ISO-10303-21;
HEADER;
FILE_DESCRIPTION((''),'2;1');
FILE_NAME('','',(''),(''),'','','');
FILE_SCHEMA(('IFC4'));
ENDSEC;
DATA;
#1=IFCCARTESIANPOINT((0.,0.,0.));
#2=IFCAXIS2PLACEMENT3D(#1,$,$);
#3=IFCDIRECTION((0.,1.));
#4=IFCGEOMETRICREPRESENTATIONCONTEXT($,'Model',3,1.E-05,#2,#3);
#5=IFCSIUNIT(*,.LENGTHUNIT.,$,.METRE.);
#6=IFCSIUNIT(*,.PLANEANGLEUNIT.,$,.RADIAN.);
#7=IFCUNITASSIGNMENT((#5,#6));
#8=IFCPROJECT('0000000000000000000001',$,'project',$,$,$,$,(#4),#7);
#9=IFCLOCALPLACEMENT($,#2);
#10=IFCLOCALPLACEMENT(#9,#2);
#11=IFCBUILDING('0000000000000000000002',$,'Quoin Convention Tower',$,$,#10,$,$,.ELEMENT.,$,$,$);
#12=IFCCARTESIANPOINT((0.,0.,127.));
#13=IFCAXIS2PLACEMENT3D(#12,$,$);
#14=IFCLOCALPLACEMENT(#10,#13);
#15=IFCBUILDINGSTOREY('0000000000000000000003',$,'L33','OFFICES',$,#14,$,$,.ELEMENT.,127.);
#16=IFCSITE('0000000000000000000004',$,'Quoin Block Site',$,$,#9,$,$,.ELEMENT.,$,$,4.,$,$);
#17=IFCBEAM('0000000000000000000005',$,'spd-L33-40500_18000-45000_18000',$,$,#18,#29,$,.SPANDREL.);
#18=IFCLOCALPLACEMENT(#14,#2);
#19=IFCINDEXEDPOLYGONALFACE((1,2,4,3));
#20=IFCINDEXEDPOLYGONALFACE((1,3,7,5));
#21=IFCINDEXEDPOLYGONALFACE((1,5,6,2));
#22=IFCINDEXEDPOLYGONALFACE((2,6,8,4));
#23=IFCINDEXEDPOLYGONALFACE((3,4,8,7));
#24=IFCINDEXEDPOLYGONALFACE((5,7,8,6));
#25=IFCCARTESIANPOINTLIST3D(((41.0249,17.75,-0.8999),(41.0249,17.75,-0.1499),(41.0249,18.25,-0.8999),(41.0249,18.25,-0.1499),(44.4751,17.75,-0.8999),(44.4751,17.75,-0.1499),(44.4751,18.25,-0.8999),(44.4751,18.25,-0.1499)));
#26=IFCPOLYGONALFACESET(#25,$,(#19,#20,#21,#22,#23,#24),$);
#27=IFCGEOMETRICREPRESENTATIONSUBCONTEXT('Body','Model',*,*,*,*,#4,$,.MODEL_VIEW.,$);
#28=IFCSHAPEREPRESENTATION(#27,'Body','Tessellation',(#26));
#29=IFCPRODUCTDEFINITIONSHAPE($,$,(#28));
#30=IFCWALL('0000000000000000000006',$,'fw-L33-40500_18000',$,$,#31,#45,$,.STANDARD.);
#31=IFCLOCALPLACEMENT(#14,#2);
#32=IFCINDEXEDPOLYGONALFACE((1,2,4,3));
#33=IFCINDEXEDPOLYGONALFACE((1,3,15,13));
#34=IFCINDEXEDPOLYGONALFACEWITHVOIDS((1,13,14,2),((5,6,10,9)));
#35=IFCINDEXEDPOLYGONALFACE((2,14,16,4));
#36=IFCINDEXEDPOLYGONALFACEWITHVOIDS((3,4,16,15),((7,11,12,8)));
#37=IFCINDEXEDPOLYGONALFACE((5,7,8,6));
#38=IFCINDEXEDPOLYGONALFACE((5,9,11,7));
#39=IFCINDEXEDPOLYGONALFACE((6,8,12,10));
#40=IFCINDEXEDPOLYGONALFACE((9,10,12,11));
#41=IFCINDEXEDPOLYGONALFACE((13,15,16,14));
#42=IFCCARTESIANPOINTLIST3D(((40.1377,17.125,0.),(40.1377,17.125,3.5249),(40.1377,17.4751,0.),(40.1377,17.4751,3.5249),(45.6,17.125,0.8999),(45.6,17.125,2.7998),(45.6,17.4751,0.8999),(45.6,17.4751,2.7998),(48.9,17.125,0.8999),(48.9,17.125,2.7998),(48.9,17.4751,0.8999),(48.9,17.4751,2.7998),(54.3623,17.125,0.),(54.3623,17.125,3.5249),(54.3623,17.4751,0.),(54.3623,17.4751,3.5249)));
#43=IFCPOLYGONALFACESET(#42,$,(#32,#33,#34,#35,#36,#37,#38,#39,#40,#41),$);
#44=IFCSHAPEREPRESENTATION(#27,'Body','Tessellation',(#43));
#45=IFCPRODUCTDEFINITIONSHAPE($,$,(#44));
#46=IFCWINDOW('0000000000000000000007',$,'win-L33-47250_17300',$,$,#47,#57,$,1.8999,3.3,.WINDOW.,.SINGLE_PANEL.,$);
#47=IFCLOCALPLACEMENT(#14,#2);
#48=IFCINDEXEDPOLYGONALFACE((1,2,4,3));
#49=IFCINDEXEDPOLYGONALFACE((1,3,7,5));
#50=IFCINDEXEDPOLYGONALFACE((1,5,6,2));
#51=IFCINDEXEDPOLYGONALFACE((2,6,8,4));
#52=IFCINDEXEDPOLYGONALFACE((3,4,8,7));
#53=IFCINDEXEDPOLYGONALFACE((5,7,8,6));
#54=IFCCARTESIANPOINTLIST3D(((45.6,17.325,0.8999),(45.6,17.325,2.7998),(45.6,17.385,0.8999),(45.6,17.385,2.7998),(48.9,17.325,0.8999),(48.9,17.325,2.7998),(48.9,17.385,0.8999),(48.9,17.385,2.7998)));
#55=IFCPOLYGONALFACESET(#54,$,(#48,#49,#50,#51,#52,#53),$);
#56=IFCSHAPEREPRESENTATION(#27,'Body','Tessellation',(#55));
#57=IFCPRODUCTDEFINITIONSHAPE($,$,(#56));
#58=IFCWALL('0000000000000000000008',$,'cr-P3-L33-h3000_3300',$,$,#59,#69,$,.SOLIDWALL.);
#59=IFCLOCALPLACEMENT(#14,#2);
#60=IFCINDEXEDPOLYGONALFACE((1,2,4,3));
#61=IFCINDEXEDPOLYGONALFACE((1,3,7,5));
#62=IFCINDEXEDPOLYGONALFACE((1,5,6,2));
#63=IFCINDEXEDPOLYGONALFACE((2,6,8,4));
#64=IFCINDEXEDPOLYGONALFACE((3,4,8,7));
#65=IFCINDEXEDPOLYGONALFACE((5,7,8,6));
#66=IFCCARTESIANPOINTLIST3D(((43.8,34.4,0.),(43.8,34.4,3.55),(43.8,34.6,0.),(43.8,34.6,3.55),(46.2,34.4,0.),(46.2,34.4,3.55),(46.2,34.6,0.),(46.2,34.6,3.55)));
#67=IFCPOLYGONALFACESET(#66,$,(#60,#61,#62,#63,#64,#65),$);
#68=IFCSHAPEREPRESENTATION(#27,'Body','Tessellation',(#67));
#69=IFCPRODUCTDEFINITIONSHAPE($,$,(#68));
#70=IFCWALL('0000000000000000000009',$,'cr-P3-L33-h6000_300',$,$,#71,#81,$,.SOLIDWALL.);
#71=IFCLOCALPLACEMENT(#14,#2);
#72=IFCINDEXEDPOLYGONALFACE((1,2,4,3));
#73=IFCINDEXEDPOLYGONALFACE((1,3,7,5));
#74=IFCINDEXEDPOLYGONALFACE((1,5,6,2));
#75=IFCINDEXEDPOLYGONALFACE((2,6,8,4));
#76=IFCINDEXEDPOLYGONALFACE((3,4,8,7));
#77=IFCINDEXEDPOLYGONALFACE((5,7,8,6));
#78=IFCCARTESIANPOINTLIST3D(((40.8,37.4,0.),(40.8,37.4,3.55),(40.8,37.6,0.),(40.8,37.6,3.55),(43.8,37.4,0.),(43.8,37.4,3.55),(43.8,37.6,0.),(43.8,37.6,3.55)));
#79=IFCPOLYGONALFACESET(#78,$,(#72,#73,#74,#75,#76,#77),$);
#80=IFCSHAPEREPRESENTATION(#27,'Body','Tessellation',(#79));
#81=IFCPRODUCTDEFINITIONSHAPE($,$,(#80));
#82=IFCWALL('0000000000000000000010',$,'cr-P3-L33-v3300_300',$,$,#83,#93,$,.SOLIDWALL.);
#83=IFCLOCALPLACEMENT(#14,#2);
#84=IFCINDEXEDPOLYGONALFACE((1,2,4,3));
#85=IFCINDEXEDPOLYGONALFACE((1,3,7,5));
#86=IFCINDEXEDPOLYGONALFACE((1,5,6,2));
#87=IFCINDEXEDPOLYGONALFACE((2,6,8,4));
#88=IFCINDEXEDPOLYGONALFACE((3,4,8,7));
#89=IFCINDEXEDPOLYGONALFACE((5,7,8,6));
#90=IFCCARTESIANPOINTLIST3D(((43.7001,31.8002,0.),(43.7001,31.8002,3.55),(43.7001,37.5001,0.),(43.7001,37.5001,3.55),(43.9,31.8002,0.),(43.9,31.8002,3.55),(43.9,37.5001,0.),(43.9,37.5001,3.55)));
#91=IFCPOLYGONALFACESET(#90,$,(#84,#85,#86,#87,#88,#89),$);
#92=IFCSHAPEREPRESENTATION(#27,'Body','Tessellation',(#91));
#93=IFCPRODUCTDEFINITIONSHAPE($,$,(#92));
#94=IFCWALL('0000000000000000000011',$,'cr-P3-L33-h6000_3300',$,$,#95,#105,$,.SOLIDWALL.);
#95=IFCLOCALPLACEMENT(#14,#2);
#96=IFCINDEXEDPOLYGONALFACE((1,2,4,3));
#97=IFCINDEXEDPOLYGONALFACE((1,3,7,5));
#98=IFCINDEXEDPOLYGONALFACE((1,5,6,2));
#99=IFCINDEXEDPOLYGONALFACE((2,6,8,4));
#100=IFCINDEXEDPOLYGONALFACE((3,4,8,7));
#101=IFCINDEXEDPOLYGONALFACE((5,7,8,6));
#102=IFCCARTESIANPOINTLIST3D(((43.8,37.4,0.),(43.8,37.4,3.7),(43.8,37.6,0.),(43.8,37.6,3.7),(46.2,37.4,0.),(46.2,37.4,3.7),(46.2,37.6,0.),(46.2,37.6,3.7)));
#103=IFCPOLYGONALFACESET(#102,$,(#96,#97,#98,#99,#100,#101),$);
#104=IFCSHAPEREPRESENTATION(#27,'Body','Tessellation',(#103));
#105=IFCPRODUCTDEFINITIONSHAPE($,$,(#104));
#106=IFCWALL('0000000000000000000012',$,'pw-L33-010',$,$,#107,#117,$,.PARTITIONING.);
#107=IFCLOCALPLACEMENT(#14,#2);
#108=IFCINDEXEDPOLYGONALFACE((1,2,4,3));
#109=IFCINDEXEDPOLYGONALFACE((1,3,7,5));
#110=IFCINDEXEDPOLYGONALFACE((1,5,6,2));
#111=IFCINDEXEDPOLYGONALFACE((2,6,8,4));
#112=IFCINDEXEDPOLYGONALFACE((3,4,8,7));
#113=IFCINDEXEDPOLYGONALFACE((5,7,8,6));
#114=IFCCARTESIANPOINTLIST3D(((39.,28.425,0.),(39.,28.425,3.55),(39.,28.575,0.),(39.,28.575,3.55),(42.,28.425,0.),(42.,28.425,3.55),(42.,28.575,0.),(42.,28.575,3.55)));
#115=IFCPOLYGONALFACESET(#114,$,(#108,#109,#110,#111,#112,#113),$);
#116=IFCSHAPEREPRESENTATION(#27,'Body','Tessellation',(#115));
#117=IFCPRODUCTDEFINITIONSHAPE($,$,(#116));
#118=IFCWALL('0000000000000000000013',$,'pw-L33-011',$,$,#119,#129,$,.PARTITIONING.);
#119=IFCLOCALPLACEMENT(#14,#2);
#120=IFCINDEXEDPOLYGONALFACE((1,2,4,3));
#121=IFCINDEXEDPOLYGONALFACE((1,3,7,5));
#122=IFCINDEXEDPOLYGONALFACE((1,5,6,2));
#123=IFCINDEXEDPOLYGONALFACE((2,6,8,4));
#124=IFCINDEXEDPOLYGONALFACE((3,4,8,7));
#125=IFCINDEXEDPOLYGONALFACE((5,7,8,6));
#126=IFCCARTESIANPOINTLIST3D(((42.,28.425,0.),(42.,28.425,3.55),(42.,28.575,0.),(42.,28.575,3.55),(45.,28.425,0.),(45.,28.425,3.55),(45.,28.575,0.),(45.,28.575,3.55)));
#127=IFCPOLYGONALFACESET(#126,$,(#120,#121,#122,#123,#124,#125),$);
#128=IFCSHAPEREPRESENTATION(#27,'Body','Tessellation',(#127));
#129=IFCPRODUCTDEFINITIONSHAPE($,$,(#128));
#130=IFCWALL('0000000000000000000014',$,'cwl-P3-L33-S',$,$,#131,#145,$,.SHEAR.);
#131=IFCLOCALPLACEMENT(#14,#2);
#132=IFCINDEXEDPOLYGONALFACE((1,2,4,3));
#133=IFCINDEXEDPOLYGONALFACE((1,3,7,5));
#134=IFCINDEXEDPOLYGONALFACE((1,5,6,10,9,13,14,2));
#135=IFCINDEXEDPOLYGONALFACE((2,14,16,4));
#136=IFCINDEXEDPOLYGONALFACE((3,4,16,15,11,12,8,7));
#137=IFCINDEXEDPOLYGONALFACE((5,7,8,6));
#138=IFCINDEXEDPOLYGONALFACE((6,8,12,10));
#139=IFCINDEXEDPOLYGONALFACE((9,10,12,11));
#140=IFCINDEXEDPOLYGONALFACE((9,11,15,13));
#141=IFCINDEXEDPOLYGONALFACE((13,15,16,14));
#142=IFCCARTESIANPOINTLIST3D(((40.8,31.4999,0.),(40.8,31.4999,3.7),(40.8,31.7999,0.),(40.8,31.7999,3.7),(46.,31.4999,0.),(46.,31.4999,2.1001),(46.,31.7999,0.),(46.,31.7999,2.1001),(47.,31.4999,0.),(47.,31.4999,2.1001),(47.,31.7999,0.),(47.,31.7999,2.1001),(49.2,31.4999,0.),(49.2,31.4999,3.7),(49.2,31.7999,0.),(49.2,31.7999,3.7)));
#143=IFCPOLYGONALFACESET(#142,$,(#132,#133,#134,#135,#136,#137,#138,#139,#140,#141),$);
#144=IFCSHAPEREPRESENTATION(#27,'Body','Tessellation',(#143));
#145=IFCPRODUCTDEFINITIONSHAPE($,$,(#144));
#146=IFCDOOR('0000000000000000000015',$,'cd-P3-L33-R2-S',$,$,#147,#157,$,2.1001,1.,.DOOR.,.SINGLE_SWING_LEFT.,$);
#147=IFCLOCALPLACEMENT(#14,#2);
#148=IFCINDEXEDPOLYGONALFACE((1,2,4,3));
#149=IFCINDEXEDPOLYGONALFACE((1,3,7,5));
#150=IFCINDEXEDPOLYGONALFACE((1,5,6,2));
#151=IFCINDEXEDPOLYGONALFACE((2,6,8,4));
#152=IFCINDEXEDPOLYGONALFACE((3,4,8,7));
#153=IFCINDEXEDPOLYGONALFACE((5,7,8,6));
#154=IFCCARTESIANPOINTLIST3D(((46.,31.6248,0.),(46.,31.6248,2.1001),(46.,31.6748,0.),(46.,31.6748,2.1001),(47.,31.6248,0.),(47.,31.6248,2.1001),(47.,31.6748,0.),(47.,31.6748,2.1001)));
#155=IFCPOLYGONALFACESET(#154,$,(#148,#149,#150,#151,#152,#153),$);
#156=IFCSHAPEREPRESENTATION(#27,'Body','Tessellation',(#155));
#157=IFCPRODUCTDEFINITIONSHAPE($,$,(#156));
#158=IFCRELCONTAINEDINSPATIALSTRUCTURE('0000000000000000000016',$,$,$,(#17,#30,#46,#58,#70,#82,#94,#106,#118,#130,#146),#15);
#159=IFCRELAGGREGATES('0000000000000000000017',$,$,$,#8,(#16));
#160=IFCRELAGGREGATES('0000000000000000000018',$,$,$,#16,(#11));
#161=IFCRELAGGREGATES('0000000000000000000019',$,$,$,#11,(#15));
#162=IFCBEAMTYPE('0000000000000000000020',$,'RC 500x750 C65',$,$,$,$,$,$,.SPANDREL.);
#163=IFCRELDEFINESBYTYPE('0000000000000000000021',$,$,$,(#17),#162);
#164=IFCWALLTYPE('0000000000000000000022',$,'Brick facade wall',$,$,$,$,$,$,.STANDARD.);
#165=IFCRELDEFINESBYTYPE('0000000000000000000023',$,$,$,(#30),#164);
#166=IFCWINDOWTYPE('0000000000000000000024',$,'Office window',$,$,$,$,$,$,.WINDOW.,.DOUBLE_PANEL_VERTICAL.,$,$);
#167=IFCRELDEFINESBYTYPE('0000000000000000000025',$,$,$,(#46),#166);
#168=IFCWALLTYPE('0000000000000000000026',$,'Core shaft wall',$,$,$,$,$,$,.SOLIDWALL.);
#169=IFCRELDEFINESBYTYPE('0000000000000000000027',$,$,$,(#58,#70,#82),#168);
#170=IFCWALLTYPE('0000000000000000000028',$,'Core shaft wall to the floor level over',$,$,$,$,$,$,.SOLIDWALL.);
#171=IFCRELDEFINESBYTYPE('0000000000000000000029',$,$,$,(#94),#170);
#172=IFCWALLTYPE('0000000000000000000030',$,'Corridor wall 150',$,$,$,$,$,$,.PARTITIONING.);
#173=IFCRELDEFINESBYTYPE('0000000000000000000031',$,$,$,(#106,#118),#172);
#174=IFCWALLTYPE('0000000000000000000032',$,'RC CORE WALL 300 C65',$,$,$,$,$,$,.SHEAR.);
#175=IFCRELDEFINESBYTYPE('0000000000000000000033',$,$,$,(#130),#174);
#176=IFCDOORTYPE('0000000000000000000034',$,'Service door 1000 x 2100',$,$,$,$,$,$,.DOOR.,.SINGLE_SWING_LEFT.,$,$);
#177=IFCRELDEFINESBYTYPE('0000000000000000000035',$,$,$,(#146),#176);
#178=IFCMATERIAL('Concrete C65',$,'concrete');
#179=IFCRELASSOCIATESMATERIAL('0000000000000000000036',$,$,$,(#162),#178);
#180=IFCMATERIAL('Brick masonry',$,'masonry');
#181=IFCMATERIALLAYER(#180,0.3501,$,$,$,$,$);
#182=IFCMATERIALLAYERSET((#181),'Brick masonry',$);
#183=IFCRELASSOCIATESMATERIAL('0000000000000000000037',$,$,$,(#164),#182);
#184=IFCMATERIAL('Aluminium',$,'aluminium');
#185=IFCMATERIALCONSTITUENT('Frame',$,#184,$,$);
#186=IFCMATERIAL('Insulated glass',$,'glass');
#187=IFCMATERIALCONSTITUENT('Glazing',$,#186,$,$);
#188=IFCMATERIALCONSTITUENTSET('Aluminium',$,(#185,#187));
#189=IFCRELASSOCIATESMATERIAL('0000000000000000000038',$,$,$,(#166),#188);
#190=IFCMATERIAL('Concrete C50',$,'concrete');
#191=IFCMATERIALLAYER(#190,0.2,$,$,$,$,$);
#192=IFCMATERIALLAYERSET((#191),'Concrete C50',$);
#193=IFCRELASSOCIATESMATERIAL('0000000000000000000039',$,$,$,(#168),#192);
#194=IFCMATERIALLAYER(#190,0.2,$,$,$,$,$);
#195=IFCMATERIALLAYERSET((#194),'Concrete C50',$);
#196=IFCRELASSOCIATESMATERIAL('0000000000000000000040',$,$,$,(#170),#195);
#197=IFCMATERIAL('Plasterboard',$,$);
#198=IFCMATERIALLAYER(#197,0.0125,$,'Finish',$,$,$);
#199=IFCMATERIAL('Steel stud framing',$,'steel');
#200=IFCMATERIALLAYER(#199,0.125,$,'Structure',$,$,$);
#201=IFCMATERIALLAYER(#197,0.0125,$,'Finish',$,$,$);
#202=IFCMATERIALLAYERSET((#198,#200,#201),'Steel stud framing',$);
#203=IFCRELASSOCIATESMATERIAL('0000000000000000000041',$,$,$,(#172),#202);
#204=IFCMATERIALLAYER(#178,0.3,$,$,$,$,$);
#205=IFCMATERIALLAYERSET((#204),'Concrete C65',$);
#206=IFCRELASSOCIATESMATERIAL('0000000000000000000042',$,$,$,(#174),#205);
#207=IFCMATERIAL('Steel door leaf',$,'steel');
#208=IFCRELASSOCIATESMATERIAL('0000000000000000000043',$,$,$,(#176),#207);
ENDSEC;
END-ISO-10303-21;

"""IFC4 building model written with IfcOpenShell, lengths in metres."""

from ifc_helpers import new_model, si_unit, direction, frame, frame_2d, origin, origin_2d, place, context, subcontext, project, spatial, rectangle, extrude, material, layer, layer_set, constituent, constituent_set, material_profile, profile_set, type_object, element, fill, save


model = new_model("IFC4")

# Units and contexts
model_context = context("Model", 3, precision=1e-05, world=origin(), true_north=direction((0.0, 1.0)))
body_context = subcontext(model_context, "Body", "Model", "MODEL_VIEW")
ifc_project = project(units=[si_unit("LENGTHUNIT", "METRE"), si_unit("PLANEANGLEUNIT", "RADIAN")], contexts=[model_context])

# Site, building, storey
site_placement = place(None, origin())
site = spatial("IfcSite", under=ifc_project, at=site_placement, Name="Quoin Block Site", CompositionType="ELEMENT", RefElevation=4.0)
building_placement = place(site_placement, origin())
building = spatial("IfcBuilding", under=site, at=building_placement, Name="Quoin Convention Tower", CompositionType="ELEMENT")
storey_placement = place(building_placement, frame((0.0, 0.0, 127.0)))
storey = spatial("IfcBuildingStorey", under=building, at=storey_placement, Name="L33", Description="OFFICES", CompositionType="ELEMENT", Elevation=127.0)

# Shared definitions
ifc_material_1 = material(Name="Concrete C65", Category="concrete")

# Beam
ifc_material_profile_1 = material_profile(ifc_material_1, rectangle(XDim=0.5, YDim=0.75, at=origin_2d()), Name="RC 500x750")
ifc_profile_set_1 = profile_set([ifc_material_profile_1], Name="Concrete C65")
beam_type_1 = type_object("IfcBeamType", Name="RC 500x750 C65", PredefinedType="SPANDREL", material=ifc_profile_set_1)
beam_1_placement = place(storey_placement, frame((41.0249, 18.0, -0.5249), z_axis=(1.0, 0.0, 0.0), x_axis=(0.0, 1.0, 0.0)))
element("IfcBeam", 1, at=beam_1_placement, inside=storey, type_object=beam_type_1, Name="spd-L33-40500_18000-45000_18000", PredefinedType="SPANDREL", context=body_context, shape_type="SweptSolid", body=[
    extrude(rectangle(XDim=0.5, YDim=0.75, at=origin_2d()), origin(), (0.0, 0.0, 1.0), 3.4502),
])

# Wall, opening, window
ifc_material_2 = material(Name="Brick masonry", Category="masonry")
ifc_layer_1 = layer(ifc_material_2, 0.3501)
ifc_layer_set_1 = layer_set([ifc_layer_1], Name="Brick masonry")
wall_type_1 = type_object("IfcWallType", Name="Brick facade wall", PredefinedType="STANDARD", material=ifc_layer_set_1)
wall_1_placement = place(storey_placement, frame((40.1377, 17.3, 0.0), z_axis=(0.0, 0.0, 1.0), x_axis=(1.0, 0.0, 0.0)))
wall_1 = element("IfcWall", 2, at=wall_1_placement, inside=storey, type_object=wall_type_1, Name="fw-L33-40500_18000", PredefinedType="STANDARD", context=body_context, shape_type="SweptSolid", body=[
    extrude(rectangle(XDim=14.2246, YDim=0.3501, at=frame_2d((7.1123, 0.0))), origin(), (0.0, 0.0, 1.0), 3.5249),
])
opening_1_placement = place(wall_1_placement, frame((5.4624, 0.0, 0.8999)))
opening_1 = element("IfcOpeningElement", 3, at=opening_1_placement, cuts=wall_1, PredefinedType="OPENING", context=body_context, shape_type="SweptSolid", body=[
    extrude(rectangle(XDim=3.3, YDim=1.8999, at=frame_2d((1.6499, 0.95))), frame((0.0, 0.1851, 0.0), z_axis=(0.0, -1.0, 0.0), x_axis=(1.0, 0.0, 0.0)), (0.0, 0.0, 1.0), 0.3701),
])
ifc_material_3 = material(Name="Aluminium", Category="aluminium")
ifc_constituent_1 = constituent(ifc_material_3, Name="Frame")
ifc_material_4 = material(Name="Insulated glass", Category="glass")
ifc_constituent_2 = constituent(ifc_material_4, Name="Glazing")
ifc_constituent_set = constituent_set(constituents=[ifc_constituent_1, ifc_constituent_2], Name="Aluminium")
window_type = type_object("IfcWindowType", Name="Office window", PartitioningType="DOUBLE_PANEL_VERTICAL", PredefinedType="WINDOW", material=ifc_constituent_set)
window_placement = place(opening_1_placement, origin())
window = element("IfcWindow", 4, at=window_placement, inside=storey, type_object=window_type, Name="win-L33-47250_17300", OverallHeight=1.8999, OverallWidth=3.3, PartitioningType="SINGLE_PANEL", PredefinedType="WINDOW", context=body_context, shape_type="SweptSolid", body=[
    extrude(rectangle(XDim=3.3, YDim=1.8999, at=frame_2d((1.6499, 0.95))), frame((0.0, 0.085, 0.0), z_axis=(0.0, -1.0, 0.0), x_axis=(1.0, 0.0, 0.0)), (0.0, 0.0, 1.0), 0.0601),
])
fill(opening_1, window)

# Walls
ifc_material_5 = material(Name="Concrete C50", Category="concrete")
ifc_layer_2 = layer(ifc_material_5, 0.2)
ifc_layer_set_2 = layer_set([ifc_layer_2], Name="Concrete C50")
wall_type_2 = type_object("IfcWallType", Name="Core shaft wall", PredefinedType="SOLIDWALL", material=ifc_layer_set_2)
wall_2_placement = place(storey_placement, frame((43.8, 34.5, 0.0), z_axis=(0.0, 0.0, 1.0), x_axis=(1.0, 0.0, 0.0)))
element("IfcWall", 5, at=wall_2_placement, inside=storey, type_object=wall_type_2, Name="cr-P3-L33-h3000_3300", PredefinedType="SOLIDWALL", context=body_context, shape_type="SweptSolid", body=[
    extrude(rectangle(XDim=2.3999, YDim=0.2, at=frame_2d((1.2, 0.0))), origin(), (0.0, 0.0, 1.0), 3.55),
])
wall_3_placement = place(storey_placement, frame((40.8, 37.5, 0.0), z_axis=(0.0, 0.0, 1.0), x_axis=(1.0, 0.0, 0.0)))
element("IfcWall", 6, at=wall_3_placement, inside=storey, type_object=wall_type_2, Name="cr-P3-L33-h6000_300", PredefinedType="SOLIDWALL", context=body_context, shape_type="SweptSolid", body=[
    extrude(rectangle(XDim=3.0, YDim=0.2, at=frame_2d((1.5, 0.0))), origin(), (0.0, 0.0, 1.0), 3.55),
])
wall_4_placement = place(storey_placement, frame((43.8, 31.8, 0.0), z_axis=(0.0, 0.0, 1.0), x_axis=(0.0, 1.0, 0.0)))
element("IfcWall", 7, at=wall_4_placement, inside=storey, type_object=wall_type_2, Name="cr-P3-L33-v3300_300", PredefinedType="SOLIDWALL", context=body_context, shape_type="SweptSolid", body=[
    extrude(rectangle(XDim=5.7, YDim=0.2, at=frame_2d((2.8501, 0.0))), origin(), (0.0, 0.0, 1.0), 3.55),
])
ifc_layer_3 = layer(ifc_material_5, 0.2)
ifc_layer_set_3 = layer_set([ifc_layer_3], Name="Concrete C50")
wall_type_3 = type_object("IfcWallType", Name="Core shaft wall to the floor level over", PredefinedType="SOLIDWALL", material=ifc_layer_set_3)
wall_5_placement = place(storey_placement, frame((43.8, 37.5, 0.0), z_axis=(0.0, 0.0, 1.0), x_axis=(1.0, 0.0, 0.0)))
element("IfcWall", 8, at=wall_5_placement, inside=storey, type_object=wall_type_3, Name="cr-P3-L33-h6000_3300", PredefinedType="SOLIDWALL", context=body_context, shape_type="SweptSolid", body=[
    extrude(rectangle(XDim=2.3999, YDim=0.2, at=frame_2d((1.2, 0.0))), origin(), (0.0, 0.0, 1.0), 3.7),
])
ifc_material_6 = material(Name="Plasterboard")
ifc_layer_4 = layer(ifc_material_6, 0.0125, Name="Finish")
ifc_material_7 = material(Name="Steel stud framing", Category="steel")
ifc_layer_5 = layer(ifc_material_7, 0.125, Name="Structure")
ifc_layer_6 = layer(ifc_material_6, 0.0125, Name="Finish")
ifc_layer_set_4 = layer_set([ifc_layer_4, ifc_layer_5, ifc_layer_6], Name="Steel stud framing")
wall_type_4 = type_object("IfcWallType", Name="Corridor wall 150", PredefinedType="PARTITIONING", material=ifc_layer_set_4)
for number, where, z_axis, x_axis, name in (
    (9, (39.0, 28.5, 0.0), (0.0, 0.0, 1.0), (1.0, 0.0, 0.0), "pw-L33-010"),
    (10, (42.0, 28.5, 0.0), (0.0, 0.0, 1.0), (1.0, 0.0, 0.0), "pw-L33-011"),
):
    element("IfcWall", number, at=place(storey_placement, frame(where, z_axis=z_axis, x_axis=x_axis)), inside=storey, type_object=wall_type_4, Name=name, PredefinedType="PARTITIONING", context=body_context, shape_type="SweptSolid", body=[
        extrude(rectangle(XDim=3.0, YDim=0.1499, at=frame_2d((1.5, 0.0))), origin(), (0.0, 0.0, 1.0), 3.55),
    ])

# Wall, opening, door
ifc_layer_7 = layer(ifc_material_1, 0.3)
ifc_layer_set_5 = layer_set([ifc_layer_7], Name="Concrete C65")
wall_type_5 = type_object("IfcWallType", Name="RC CORE WALL 300 C65", PredefinedType="SHEAR", material=ifc_layer_set_5)
wall_6_placement = place(storey_placement, frame((40.8, 31.6499, 0.0), z_axis=(0.0, 0.0, 1.0), x_axis=(1.0, 0.0, 0.0)))
wall_6 = element("IfcWall", 11, at=wall_6_placement, inside=storey, type_object=wall_type_5, Name="cwl-P3-L33-S", PredefinedType="SHEAR", context=body_context, shape_type="SweptSolid", body=[
    extrude(rectangle(XDim=8.3999, YDim=0.3, at=frame_2d((4.2, 0.0))), origin(), (0.0, 0.0, 1.0), 3.7),
])
opening_2_placement = place(wall_6_placement, frame((5.2, 0.0, 0.0)))
opening_2 = element("IfcOpeningElement", 12, at=opening_2_placement, cuts=wall_6, PredefinedType="OPENING", context=body_context, shape_type="SweptSolid", body=[
    extrude(rectangle(XDim=1.0, YDim=2.1001, at=frame_2d((0.5, 1.05))), frame((0.0, 0.1599, 0.0), z_axis=(0.0, -1.0, 0.0), x_axis=(1.0, 0.0, 0.0)), (0.0, 0.0, 1.0), 0.3201),
])
ifc_material_8 = material(Name="Steel door leaf", Category="steel")
door_type_1 = type_object("IfcDoorType", Name="Service door 1000 x 2100", OperationType="SINGLE_SWING_LEFT", PredefinedType="DOOR", material=ifc_material_8)
door_1_placement = place(opening_2_placement, origin())
door_1 = element("IfcDoor", 13, at=door_1_placement, inside=storey, type_object=door_type_1, Name="cd-P3-L33-R2-S", OperationType="SINGLE_SWING_LEFT", OverallHeight=2.1001, OverallWidth=1.0, PredefinedType="DOOR", context=body_context, shape_type="SweptSolid", body=[
    extrude(rectangle(XDim=1.0, YDim=2.1001, at=frame_2d((0.5, 1.05))), frame((0.0, 0.0249, 0.0), z_axis=(0.0, -1.0, 0.0), x_axis=(1.0, 0.0, 0.0)), (0.0, 0.0, 1.0), 0.05),
])
fill(opening_2, door_1)

save(model, "model.ifc")
